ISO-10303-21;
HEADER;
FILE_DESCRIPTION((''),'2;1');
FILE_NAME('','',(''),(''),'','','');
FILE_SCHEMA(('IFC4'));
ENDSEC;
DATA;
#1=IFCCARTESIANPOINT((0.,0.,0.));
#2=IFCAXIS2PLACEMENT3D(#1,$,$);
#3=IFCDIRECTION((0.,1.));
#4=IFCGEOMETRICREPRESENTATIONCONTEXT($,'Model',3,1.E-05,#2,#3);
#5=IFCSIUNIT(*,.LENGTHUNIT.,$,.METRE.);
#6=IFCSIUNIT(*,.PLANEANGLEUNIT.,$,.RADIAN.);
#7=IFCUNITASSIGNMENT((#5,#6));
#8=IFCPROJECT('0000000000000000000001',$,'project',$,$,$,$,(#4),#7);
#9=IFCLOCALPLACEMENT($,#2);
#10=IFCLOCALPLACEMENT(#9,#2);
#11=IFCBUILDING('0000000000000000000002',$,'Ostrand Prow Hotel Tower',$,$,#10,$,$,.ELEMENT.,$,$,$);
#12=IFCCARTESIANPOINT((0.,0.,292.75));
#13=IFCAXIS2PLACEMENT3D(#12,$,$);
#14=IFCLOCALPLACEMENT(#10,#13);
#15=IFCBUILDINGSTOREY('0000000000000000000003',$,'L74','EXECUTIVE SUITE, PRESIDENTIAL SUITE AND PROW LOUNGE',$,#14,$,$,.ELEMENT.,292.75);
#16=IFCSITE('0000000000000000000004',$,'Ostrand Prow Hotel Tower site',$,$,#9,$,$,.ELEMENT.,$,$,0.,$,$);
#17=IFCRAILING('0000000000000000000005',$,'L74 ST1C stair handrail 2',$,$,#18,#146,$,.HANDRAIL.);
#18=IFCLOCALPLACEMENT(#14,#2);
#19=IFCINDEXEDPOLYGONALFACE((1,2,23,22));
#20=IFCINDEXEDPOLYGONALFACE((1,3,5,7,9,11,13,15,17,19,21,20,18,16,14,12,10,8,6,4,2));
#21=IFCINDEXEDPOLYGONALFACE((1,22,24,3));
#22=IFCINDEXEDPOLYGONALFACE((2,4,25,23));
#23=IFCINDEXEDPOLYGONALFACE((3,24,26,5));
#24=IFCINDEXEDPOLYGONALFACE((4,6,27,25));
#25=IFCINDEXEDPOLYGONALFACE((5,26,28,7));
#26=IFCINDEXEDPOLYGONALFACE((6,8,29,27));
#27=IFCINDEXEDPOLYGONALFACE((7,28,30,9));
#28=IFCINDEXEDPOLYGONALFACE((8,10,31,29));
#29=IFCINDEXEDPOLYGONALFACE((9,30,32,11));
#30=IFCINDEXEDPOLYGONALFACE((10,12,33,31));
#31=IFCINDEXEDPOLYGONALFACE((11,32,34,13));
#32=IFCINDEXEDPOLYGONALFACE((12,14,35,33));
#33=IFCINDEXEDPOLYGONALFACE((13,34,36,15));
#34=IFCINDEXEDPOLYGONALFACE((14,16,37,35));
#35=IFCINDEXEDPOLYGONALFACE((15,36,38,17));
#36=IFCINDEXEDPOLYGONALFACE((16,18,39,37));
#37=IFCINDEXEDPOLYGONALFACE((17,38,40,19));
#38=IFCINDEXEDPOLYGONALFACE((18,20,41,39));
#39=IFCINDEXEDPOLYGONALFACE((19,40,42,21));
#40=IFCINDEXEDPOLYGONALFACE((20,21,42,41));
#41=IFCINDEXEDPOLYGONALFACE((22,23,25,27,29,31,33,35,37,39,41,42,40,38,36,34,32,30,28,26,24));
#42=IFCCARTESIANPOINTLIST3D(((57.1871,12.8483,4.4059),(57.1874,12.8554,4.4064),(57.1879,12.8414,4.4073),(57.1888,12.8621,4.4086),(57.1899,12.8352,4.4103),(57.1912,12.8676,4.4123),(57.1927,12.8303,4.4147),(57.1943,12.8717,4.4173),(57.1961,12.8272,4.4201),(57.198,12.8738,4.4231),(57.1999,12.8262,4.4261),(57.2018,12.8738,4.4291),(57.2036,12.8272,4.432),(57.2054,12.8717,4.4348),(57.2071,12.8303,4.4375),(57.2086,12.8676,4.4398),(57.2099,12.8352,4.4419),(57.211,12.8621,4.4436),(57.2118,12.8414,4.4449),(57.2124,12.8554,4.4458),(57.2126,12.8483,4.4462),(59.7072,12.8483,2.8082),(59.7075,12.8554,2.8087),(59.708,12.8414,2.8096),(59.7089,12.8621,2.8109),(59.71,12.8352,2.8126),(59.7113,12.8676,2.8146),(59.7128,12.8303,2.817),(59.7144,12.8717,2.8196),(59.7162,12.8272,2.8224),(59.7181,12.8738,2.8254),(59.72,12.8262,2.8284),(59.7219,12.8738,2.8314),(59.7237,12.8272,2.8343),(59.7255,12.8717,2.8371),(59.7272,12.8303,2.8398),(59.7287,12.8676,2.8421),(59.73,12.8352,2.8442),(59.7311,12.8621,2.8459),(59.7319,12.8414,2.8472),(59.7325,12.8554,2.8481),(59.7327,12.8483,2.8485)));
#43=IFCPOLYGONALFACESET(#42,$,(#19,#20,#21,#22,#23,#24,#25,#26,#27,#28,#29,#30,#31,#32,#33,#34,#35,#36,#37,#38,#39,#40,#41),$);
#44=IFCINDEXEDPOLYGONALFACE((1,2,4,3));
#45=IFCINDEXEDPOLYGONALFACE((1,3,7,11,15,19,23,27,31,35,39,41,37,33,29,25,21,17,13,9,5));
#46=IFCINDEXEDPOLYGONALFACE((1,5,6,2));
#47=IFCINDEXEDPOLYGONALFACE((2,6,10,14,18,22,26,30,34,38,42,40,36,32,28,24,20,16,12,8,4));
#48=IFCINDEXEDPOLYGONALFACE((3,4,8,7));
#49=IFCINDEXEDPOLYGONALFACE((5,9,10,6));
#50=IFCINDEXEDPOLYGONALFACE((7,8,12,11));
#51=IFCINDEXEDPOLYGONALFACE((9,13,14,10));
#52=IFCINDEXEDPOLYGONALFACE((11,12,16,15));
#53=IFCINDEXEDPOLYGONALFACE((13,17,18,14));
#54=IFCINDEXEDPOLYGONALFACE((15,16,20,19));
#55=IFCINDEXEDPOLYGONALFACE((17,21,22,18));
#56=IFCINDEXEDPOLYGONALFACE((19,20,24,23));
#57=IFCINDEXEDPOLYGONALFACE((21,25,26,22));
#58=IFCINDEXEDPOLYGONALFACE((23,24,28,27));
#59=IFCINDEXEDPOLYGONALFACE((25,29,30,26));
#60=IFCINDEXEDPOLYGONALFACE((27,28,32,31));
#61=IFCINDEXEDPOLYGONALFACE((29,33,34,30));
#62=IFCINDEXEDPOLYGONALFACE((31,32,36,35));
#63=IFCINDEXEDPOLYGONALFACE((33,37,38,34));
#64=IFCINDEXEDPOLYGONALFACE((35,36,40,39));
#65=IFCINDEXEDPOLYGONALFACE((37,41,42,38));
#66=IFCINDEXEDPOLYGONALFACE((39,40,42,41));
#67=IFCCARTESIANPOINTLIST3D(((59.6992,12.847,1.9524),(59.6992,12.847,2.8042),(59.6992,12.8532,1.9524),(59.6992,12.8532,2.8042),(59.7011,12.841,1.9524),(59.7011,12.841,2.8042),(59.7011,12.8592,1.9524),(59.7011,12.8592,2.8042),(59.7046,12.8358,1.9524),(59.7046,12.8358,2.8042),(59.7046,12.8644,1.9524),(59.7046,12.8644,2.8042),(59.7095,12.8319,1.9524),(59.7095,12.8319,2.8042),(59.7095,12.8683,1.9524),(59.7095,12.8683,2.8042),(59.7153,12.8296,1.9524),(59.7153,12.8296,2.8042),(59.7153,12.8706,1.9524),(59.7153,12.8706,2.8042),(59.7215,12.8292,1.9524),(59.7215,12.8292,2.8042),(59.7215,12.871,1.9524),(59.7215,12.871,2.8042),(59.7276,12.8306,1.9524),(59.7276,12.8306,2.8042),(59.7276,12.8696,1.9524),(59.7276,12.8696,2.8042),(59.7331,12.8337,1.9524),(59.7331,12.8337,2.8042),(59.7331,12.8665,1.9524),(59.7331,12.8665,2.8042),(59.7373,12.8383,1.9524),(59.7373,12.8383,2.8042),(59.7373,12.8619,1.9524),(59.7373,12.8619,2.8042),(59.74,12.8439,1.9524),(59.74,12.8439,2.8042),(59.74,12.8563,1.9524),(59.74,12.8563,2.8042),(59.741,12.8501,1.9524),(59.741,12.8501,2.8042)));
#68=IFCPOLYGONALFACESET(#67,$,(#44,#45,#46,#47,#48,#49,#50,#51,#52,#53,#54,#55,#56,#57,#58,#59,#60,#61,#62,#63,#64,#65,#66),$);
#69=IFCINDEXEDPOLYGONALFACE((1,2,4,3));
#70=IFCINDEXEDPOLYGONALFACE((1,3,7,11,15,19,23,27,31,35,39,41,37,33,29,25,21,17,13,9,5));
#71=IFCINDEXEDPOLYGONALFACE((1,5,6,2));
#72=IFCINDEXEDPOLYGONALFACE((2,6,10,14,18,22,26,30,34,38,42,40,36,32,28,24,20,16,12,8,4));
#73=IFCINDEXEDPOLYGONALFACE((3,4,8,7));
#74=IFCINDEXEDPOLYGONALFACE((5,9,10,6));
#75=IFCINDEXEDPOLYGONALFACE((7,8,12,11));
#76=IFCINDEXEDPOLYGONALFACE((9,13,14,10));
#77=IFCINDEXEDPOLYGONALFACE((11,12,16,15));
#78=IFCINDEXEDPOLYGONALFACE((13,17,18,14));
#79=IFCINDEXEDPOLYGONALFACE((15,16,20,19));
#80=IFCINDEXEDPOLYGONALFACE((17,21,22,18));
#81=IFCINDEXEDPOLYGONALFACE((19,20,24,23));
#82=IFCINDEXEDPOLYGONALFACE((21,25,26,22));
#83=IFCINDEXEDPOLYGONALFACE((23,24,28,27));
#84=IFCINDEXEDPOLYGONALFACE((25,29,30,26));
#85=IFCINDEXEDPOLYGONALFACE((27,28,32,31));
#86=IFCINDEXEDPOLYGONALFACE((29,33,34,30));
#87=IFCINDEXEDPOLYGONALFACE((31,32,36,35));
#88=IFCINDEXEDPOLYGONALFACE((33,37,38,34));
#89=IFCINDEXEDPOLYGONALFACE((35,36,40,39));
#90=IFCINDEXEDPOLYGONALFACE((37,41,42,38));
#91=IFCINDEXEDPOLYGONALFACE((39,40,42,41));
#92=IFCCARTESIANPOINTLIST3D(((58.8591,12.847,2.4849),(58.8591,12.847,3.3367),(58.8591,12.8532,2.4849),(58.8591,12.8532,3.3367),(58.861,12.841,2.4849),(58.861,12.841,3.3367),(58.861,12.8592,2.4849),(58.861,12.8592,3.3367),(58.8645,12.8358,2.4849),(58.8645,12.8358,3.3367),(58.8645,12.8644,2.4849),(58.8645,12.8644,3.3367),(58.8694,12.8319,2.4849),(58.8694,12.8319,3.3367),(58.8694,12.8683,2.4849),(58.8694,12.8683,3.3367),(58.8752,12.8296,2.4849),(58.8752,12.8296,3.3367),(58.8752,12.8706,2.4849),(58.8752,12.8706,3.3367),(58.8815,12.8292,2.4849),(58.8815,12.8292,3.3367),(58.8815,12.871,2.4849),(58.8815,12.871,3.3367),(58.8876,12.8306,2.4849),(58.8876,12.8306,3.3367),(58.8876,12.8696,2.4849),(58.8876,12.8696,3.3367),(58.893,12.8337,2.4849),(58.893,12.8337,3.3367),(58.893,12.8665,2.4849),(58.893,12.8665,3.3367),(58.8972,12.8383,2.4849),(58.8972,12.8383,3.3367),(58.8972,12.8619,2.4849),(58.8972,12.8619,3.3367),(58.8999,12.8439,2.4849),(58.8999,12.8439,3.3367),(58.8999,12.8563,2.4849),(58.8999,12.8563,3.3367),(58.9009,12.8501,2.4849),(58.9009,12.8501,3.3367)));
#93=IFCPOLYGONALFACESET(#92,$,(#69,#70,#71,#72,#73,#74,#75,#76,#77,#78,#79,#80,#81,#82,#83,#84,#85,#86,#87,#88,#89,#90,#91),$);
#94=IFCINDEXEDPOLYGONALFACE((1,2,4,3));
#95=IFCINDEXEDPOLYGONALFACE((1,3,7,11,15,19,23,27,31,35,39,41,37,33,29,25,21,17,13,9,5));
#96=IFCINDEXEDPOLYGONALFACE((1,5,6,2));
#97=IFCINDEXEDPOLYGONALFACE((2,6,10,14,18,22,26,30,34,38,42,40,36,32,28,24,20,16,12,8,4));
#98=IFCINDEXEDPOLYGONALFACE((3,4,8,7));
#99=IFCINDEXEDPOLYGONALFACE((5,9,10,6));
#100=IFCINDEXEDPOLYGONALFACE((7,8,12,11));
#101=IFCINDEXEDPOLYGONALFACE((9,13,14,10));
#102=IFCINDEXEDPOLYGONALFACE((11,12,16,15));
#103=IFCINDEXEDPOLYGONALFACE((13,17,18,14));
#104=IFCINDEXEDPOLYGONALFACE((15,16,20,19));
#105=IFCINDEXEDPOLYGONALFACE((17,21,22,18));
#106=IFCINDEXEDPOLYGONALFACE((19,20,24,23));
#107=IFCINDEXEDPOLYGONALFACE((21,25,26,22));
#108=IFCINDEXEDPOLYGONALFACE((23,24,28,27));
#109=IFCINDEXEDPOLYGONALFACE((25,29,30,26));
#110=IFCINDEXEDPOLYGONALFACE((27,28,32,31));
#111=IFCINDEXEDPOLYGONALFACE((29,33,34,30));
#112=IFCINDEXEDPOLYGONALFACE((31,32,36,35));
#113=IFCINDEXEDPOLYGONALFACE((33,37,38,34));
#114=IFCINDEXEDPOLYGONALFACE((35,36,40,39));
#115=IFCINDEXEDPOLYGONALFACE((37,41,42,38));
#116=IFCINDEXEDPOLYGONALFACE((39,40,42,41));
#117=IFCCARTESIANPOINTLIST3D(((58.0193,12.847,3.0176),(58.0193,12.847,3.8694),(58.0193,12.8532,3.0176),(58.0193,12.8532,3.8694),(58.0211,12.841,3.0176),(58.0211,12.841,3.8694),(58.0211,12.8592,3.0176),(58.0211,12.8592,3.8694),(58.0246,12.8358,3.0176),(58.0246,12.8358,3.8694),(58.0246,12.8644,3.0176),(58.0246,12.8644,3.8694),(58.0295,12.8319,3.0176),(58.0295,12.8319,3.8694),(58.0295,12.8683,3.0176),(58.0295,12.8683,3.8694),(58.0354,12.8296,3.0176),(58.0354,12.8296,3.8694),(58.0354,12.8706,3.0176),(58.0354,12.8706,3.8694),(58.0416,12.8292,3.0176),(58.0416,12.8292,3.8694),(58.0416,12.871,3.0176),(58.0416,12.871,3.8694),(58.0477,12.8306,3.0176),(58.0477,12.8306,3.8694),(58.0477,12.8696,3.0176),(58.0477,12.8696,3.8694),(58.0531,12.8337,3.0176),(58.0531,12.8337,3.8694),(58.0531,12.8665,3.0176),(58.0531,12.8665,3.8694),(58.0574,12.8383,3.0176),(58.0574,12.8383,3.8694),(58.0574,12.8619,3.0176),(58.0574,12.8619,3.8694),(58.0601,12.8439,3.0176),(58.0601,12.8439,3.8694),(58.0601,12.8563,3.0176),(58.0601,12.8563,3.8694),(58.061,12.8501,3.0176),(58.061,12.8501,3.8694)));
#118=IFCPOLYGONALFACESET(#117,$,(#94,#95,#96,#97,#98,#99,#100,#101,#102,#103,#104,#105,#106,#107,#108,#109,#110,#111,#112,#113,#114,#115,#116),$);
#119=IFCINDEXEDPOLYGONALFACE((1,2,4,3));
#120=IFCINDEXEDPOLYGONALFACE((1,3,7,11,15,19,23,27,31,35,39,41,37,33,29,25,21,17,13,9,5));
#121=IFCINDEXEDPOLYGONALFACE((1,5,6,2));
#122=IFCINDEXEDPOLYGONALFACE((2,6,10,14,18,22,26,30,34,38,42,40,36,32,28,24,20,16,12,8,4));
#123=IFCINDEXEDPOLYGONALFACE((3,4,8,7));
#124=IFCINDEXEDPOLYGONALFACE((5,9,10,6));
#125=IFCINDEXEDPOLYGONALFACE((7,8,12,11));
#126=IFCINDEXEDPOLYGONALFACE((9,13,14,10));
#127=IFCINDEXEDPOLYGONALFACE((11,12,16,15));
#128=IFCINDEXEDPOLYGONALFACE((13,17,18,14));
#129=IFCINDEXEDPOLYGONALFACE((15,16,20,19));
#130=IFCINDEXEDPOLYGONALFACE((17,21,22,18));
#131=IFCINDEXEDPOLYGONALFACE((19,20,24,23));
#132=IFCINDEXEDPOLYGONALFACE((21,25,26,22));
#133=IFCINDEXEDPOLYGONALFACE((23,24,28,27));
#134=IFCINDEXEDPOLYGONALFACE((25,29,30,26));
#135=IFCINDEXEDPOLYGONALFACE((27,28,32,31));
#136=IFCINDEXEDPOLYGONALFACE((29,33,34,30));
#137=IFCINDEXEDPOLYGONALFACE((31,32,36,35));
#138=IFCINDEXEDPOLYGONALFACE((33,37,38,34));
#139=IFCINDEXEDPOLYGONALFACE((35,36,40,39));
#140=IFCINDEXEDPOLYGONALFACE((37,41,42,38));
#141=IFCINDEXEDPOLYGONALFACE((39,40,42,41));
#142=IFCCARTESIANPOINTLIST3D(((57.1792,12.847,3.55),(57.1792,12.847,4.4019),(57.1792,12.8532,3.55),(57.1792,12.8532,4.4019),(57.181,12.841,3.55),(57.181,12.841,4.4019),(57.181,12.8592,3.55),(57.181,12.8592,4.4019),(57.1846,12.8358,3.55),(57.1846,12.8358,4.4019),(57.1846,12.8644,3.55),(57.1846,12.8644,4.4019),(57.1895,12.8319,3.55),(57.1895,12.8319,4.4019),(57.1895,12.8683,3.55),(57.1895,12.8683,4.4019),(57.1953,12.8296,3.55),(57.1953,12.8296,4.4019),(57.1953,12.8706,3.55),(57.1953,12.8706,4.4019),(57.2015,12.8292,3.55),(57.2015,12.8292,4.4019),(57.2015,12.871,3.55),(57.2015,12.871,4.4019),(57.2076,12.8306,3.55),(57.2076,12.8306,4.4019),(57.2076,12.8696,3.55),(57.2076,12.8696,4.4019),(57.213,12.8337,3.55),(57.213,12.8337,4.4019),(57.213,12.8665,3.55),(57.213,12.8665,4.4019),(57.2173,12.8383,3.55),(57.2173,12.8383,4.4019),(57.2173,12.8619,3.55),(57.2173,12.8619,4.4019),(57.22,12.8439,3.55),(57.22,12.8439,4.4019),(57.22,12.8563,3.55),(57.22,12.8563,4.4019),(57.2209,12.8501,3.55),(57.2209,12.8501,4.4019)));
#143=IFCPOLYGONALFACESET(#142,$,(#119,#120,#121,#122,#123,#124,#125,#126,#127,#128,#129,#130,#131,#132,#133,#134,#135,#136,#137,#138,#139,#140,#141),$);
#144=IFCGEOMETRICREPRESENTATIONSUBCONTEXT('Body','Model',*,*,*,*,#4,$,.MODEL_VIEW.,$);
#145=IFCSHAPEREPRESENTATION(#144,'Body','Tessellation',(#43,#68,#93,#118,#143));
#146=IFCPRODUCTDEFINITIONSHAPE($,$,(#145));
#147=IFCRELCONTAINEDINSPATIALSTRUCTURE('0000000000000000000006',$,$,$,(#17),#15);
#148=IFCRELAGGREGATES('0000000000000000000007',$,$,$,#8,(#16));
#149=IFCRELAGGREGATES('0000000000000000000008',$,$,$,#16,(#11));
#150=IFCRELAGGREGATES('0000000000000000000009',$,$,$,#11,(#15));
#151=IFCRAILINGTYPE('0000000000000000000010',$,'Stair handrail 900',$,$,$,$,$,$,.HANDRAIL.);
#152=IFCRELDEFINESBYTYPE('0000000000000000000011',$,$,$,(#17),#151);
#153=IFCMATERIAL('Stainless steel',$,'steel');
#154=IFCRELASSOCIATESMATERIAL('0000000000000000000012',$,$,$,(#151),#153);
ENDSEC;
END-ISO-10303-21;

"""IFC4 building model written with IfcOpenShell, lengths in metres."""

from ifc_helpers import new_model, si_unit, direction, frame, origin, origin_2d, place, context, subcontext, project, spatial, circle, extrude, material, type_object, element, save


model = new_model("IFC4")

# Units and contexts
model_context = context("Model", 3, precision=1e-05, world=origin(), true_north=direction((0.0, 1.0)))
body_context = subcontext(model_context, "Body", "Model", "MODEL_VIEW")
ifc_project = project(units=[si_unit("LENGTHUNIT", "METRE"), si_unit("PLANEANGLEUNIT", "RADIAN")], contexts=[model_context])

# Site, building, storey
site_placement = place(None, origin())
site = spatial("IfcSite", under=ifc_project, at=site_placement, Name="Ostrand Prow Hotel Tower site", CompositionType="ELEMENT", RefElevation=0.0)
building_placement = place(site_placement, origin())
building = spatial("IfcBuilding", under=site, at=building_placement, Name="Ostrand Prow Hotel Tower", CompositionType="ELEMENT")
storey_placement = place(building_placement, frame((0.0, 0.0, 292.75)))
storey = spatial("IfcBuildingStorey", under=building, at=storey_placement, Name="L74", Description="EXECUTIVE SUITE, PRESIDENTIAL SUITE AND PROW LOUNGE", CompositionType="ELEMENT", Elevation=292.75)

# Railing
ifc_material_1 = material(Name="Stainless steel", Category="steel")
railing_type_1 = type_object("IfcRailingType", Name="Stair handrail 900", PredefinedType="HANDRAIL", material=ifc_material_1)
railing_1_placement = place(storey_placement, frame((59.72, 12.8501, 1.9524)))
element("IfcRailing", 1, at=railing_1_placement, inside=storey, type_object=railing_type_1, Name="L74 ST1C stair handrail 2", PredefinedType="HANDRAIL", context=body_context, shape_type="SweptSolid", body=[
    extrude(circle(Radius=0.0239, at=origin_2d()), frame((0.0, 0.0, 0.876), z_axis=(-0.84457, 0.0, 0.535445), x_axis=(0.0, -1.0, 0.0)), (0.0, 0.0, 1.0), 2.9839),
    extrude(circle(Radius=0.021, at=origin_2d()), origin(), (0.0, 0.0, 1.0), 0.8518),
    extrude(circle(Radius=0.021, at=origin_2d()), frame((-0.8401, 0.0, 0.5325)), (0.0, 0.0, 1.0), 0.8518),
    extrude(circle(Radius=0.021, at=origin_2d()), frame((-1.6799, 0.0, 1.0652)), (0.0, 0.0, 1.0), 0.8518),
    extrude(circle(Radius=0.021, at=origin_2d()), frame((-2.52, 0.0, 1.5977)), (0.0, 0.0, 1.0), 0.8518),
])

save(model, "model.ifc")
